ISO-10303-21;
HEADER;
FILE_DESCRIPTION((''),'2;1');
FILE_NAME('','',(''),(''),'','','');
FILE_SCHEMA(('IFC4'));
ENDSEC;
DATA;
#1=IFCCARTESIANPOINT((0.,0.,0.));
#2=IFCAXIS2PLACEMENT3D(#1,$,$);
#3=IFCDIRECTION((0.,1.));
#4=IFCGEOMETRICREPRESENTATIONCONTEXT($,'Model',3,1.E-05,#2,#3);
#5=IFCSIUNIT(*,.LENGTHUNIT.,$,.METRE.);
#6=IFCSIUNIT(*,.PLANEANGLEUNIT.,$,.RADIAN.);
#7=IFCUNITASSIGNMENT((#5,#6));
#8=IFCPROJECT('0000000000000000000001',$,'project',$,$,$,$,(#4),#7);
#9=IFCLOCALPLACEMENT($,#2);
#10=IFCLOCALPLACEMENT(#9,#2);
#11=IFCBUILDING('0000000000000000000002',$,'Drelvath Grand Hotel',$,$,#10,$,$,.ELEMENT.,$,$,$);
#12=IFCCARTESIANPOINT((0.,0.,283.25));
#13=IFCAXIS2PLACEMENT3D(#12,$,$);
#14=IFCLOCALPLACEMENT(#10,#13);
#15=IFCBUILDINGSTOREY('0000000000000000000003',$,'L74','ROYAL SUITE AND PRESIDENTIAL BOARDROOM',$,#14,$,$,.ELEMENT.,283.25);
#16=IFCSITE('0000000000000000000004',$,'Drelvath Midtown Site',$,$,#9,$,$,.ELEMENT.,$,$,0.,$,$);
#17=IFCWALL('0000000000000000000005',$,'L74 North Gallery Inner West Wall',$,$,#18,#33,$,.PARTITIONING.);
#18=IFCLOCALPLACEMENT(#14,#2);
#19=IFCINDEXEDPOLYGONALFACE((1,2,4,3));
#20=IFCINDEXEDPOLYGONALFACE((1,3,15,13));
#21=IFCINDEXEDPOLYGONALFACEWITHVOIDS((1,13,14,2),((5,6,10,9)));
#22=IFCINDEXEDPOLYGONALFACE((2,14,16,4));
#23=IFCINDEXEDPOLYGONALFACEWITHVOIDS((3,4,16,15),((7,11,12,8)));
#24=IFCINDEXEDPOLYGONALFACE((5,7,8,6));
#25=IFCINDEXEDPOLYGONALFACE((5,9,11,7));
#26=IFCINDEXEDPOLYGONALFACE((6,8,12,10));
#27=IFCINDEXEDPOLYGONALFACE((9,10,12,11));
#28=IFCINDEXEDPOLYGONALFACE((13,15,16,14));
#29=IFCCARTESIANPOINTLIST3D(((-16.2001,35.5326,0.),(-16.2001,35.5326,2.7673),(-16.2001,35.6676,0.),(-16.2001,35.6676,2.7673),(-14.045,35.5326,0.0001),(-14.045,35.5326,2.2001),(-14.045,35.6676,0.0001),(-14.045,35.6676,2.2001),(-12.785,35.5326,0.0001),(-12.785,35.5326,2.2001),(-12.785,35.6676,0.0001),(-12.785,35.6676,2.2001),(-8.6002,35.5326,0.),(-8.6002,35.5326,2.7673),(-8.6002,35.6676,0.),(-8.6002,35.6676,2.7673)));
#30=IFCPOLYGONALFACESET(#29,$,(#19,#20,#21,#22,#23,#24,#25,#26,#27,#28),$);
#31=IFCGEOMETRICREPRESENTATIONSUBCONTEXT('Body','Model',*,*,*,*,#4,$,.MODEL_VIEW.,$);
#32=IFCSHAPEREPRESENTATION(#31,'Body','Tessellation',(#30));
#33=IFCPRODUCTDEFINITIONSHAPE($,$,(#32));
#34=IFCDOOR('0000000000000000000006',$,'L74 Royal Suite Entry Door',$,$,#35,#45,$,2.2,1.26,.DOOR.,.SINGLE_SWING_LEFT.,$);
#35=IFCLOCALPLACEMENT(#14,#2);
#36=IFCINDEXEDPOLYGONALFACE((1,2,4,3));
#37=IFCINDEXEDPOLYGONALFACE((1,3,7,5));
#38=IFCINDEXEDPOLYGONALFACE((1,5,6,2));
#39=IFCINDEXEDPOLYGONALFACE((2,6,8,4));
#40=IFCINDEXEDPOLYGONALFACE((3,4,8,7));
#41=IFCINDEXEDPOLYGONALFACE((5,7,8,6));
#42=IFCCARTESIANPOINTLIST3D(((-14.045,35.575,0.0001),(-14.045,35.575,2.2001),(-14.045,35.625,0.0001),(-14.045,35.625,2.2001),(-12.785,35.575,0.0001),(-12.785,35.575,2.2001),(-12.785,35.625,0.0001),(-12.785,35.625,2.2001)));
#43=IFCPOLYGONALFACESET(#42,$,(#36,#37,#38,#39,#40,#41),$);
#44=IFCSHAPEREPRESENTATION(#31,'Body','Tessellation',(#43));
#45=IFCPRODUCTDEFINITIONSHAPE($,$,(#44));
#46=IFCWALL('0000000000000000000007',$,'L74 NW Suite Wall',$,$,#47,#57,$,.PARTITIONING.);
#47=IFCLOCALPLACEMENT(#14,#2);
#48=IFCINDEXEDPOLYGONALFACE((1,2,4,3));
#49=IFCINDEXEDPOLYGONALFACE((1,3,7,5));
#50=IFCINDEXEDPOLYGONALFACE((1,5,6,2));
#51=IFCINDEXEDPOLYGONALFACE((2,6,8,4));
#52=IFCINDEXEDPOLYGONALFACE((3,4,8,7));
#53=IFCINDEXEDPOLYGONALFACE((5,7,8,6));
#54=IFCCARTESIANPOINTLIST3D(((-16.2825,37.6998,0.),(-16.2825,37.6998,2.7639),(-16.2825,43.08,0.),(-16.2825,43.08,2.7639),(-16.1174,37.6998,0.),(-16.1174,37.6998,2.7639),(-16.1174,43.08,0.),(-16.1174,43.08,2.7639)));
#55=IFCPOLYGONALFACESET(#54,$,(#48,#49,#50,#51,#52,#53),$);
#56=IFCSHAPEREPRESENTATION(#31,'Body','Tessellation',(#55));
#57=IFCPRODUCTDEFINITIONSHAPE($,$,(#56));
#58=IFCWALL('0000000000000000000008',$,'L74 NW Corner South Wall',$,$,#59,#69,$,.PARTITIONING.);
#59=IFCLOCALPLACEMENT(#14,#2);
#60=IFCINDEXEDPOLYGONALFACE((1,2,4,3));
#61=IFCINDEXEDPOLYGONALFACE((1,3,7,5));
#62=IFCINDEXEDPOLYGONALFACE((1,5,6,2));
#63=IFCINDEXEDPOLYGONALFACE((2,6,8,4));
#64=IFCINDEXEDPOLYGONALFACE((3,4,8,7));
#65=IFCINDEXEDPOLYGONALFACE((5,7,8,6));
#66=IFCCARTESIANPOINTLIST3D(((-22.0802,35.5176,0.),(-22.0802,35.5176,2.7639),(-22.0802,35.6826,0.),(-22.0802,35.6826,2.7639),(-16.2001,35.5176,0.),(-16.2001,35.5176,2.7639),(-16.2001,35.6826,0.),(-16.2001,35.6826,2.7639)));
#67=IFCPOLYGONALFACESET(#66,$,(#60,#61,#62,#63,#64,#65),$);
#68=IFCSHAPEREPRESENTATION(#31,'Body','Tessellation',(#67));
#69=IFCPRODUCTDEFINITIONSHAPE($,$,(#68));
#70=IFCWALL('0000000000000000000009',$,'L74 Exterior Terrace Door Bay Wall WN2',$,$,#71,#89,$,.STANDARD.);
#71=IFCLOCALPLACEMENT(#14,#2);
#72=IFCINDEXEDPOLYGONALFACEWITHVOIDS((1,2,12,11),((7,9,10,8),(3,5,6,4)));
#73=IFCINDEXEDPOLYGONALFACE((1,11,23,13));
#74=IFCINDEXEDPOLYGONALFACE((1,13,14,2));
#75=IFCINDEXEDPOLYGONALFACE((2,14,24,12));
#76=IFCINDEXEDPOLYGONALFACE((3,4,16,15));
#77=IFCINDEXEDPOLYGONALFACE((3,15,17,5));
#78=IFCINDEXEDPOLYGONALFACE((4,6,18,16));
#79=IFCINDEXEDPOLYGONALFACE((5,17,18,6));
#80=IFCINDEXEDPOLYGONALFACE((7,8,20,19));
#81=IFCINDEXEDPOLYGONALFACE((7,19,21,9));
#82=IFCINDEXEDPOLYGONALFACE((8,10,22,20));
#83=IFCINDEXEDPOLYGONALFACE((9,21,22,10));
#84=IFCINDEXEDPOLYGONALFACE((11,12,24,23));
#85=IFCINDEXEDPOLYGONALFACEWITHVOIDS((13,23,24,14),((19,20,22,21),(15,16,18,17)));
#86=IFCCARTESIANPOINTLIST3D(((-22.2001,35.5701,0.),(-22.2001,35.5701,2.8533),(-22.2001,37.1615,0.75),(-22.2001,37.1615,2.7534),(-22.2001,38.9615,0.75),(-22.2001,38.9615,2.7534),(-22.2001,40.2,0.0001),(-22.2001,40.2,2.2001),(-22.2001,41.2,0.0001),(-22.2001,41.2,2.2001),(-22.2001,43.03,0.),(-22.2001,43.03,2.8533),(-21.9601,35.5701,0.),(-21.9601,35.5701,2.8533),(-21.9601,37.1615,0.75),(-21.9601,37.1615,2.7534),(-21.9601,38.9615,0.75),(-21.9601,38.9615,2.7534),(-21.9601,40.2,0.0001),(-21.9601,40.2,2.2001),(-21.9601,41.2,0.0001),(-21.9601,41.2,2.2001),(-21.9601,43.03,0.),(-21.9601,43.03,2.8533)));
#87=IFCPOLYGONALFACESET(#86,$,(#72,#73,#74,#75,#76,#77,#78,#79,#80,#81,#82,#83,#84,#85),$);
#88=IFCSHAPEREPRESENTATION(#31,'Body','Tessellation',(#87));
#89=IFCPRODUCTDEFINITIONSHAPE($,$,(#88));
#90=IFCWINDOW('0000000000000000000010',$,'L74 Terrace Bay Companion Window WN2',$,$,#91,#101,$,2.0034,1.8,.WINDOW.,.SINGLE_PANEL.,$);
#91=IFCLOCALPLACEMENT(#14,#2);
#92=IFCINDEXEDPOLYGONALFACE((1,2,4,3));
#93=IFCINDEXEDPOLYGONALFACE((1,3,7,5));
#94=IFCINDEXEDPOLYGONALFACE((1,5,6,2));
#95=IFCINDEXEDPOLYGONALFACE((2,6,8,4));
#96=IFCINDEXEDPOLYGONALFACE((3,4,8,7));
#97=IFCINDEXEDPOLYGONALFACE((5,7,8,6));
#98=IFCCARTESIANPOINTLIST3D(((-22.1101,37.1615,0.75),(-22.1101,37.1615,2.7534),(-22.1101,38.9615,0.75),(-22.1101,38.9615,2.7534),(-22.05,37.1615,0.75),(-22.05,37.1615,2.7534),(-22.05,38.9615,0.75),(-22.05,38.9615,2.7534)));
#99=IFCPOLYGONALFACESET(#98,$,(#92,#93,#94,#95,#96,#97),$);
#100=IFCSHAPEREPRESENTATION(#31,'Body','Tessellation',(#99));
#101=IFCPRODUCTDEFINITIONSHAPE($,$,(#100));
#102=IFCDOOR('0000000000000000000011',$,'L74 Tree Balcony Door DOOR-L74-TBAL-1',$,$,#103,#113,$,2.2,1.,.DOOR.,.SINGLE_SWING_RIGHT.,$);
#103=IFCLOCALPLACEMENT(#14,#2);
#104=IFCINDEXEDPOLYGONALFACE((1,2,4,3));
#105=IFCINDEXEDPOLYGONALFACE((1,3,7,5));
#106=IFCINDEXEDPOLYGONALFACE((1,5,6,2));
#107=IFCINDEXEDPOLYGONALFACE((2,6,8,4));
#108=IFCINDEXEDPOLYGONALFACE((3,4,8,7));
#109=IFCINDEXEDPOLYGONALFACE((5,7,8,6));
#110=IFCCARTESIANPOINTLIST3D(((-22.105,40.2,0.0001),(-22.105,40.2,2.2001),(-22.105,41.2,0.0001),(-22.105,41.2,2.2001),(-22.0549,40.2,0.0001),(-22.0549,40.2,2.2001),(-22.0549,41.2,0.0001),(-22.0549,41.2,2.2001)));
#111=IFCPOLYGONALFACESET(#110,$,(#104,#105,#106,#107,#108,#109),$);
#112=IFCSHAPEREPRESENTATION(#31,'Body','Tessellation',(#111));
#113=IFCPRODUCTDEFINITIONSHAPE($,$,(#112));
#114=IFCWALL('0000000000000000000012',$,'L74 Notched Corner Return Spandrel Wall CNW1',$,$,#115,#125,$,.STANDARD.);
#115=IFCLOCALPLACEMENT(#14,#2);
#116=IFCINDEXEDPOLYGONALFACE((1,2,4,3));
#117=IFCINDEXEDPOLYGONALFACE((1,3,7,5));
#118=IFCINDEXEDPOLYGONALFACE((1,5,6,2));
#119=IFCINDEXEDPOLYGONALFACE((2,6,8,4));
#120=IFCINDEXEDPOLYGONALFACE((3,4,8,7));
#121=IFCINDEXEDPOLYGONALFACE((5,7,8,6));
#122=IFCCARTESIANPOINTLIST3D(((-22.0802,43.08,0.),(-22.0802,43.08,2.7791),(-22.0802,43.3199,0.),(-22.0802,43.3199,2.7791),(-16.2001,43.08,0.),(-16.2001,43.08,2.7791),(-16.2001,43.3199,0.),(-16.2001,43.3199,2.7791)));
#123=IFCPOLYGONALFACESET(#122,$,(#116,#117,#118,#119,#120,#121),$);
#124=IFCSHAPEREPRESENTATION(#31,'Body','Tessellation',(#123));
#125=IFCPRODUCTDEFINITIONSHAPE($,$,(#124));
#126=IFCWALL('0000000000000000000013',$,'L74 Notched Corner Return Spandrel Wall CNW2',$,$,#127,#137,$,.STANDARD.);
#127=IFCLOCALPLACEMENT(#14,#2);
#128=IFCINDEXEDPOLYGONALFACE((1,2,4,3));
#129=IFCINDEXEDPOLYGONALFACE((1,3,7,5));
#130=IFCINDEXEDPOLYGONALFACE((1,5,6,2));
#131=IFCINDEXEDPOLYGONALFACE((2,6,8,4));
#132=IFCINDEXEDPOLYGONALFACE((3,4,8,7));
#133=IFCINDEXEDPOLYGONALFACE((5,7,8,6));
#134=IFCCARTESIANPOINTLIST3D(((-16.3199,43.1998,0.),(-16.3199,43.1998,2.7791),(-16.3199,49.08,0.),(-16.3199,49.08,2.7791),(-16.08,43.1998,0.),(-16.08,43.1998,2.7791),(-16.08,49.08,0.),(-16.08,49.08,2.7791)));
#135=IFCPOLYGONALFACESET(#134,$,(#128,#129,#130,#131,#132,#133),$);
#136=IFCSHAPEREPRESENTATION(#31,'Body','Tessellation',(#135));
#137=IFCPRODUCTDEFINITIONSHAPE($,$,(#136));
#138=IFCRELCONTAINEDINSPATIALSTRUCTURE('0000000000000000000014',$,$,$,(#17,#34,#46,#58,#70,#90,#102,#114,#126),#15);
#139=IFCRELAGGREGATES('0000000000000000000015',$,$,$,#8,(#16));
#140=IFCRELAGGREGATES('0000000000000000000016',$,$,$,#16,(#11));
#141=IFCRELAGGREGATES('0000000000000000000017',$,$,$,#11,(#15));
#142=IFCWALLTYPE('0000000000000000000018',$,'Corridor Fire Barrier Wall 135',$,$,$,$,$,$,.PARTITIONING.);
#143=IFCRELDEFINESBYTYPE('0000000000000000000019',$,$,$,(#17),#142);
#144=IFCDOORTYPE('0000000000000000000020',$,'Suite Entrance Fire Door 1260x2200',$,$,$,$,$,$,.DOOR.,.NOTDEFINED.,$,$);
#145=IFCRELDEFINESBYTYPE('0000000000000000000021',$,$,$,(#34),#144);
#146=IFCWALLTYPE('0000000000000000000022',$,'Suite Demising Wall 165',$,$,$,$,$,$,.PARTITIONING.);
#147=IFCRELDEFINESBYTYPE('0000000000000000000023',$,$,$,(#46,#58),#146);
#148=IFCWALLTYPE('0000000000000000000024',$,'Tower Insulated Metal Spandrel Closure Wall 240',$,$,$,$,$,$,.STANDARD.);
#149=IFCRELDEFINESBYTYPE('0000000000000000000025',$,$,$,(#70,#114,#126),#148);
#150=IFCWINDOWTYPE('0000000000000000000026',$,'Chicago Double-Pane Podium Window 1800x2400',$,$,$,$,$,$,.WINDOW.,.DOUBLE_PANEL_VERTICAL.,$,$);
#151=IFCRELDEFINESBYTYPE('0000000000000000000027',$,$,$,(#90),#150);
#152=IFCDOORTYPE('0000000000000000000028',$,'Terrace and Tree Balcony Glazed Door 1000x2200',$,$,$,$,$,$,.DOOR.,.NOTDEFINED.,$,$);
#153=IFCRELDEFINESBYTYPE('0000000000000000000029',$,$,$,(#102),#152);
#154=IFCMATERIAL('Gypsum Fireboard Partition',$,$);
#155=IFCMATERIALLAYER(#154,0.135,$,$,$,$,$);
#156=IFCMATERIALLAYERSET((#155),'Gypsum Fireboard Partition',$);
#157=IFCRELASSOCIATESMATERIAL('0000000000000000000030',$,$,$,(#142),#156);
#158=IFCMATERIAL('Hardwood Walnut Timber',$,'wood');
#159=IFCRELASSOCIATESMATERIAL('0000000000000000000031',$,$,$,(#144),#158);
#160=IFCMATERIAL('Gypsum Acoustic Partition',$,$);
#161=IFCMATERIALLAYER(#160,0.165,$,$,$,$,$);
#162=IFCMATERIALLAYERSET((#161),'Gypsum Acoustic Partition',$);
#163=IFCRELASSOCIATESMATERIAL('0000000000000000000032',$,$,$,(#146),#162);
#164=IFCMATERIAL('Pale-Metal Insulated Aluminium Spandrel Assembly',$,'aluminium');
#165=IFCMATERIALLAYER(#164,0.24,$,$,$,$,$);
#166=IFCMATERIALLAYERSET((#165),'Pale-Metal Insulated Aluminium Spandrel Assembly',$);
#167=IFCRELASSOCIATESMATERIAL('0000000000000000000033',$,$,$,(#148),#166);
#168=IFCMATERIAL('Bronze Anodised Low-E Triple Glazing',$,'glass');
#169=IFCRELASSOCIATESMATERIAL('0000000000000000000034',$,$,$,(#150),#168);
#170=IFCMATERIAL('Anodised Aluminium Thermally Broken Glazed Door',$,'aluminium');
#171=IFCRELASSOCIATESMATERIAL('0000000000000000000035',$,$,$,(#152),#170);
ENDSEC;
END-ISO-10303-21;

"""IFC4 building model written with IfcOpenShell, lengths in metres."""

from ifc_helpers import new_model, si_unit, direction, frame, frame_2d, origin, place, context, subcontext, project, spatial, rectangle, extrude, material, layer, layer_set, type_object, element, fill, save


model = new_model("IFC4")

# Units and contexts
model_context = context("Model", 3, precision=1e-05, world=origin(), true_north=direction((0.0, 1.0)))
body_context = subcontext(model_context, "Body", "Model", "MODEL_VIEW")
ifc_project = project(units=[si_unit("LENGTHUNIT", "METRE"), si_unit("PLANEANGLEUNIT", "RADIAN")], contexts=[model_context])

# Site, building, storey
site_placement = place(None, origin())
site = spatial("IfcSite", under=ifc_project, at=site_placement, Name="Drelvath Midtown Site", CompositionType="ELEMENT", RefElevation=0.0)
building_placement = place(site_placement, origin())
building = spatial("IfcBuilding", under=site, at=building_placement, Name="Drelvath Grand Hotel", CompositionType="ELEMENT")
storey_placement = place(building_placement, frame((0.0, 0.0, 283.25)))
storey = spatial("IfcBuildingStorey", under=building, at=storey_placement, Name="L74", Description="ROYAL SUITE AND PRESIDENTIAL BOARDROOM", CompositionType="ELEMENT", Elevation=283.25)

# Shared definitions
ifc_material_1 = material(Name="Gypsum Fireboard Partition")
ifc_layer_1 = layer(ifc_material_1, 0.135)
ifc_layer_set_1 = layer_set([ifc_layer_1], Name="Gypsum Fireboard Partition")
wall_type_1 = type_object("IfcWallType", Name="Corridor Fire Barrier Wall 135", PredefinedType="PARTITIONING", material=ifc_layer_set_1)
ifc_material_2 = material(Name="Hardwood Walnut Timber", Category="wood")
door_type_1 = type_object("IfcDoorType", Name="Suite Entrance Fire Door 1260x2200", OperationType="NOTDEFINED", PredefinedType="DOOR", material=ifc_material_2)

# Wall, opening, door
wall_1_placement = place(storey_placement, frame((-16.2, 35.6001, 0.0), z_axis=(0.0, 0.0, 1.0), x_axis=(1.0, 0.0, 0.0)))
wall_1 = element("IfcWall", 1, at=wall_1_placement, inside=storey, type_object=wall_type_1, Name="L74 North Gallery Inner West Wall", PredefinedType="PARTITIONING", context=body_context, shape_type="SweptSolid", body=[
    extrude(rectangle(XDim=7.5999, YDim=0.135, at=frame_2d((3.7998, 0.0))), origin(), (0.0, 0.0, 1.0), 2.7673),
])
opening_1_placement = place(wall_1_placement, frame((2.155, 0.0, 0.0)))
opening_1 = element("IfcOpeningElement", 2, at=opening_1_placement, cuts=wall_1, PredefinedType="OPENING", context=body_context, shape_type="SweptSolid", body=[
    extrude(rectangle(XDim=1.26, YDim=2.2, at=frame_2d((0.6299, 1.1001))), frame((0.0, 0.0774, 0.0), z_axis=(0.0, -1.0, 0.0), x_axis=(1.0, 0.0, 0.0)), (0.0, 0.0, 1.0), 0.155),
])
door_1_placement = place(opening_1_placement, origin())
door_1 = element("IfcDoor", 3, at=door_1_placement, inside=storey, type_object=door_type_1, Name="L74 Royal Suite Entry Door", OperationType="SINGLE_SWING_LEFT", OverallHeight=2.2, OverallWidth=1.26, PredefinedType="DOOR", context=body_context, shape_type="SweptSolid", body=[
    extrude(rectangle(XDim=1.26, YDim=2.2, at=frame_2d((0.6299, 1.1001))), frame((0.0, 0.0249, 0.0), z_axis=(0.0, -1.0, 0.0), x_axis=(1.0, 0.0, 0.0)), (0.0, 0.0, 1.0), 0.05),
])
fill(opening_1, door_1)

# Walls
ifc_material_3 = material(Name="Gypsum Acoustic Partition")
ifc_layer_2 = layer(ifc_material_3, 0.165)
ifc_layer_set_2 = layer_set([ifc_layer_2], Name="Gypsum Acoustic Partition")
wall_type_2 = type_object("IfcWallType", Name="Suite Demising Wall 165", PredefinedType="PARTITIONING", material=ifc_layer_set_2)
wall_2_placement = place(storey_placement, frame((-16.2, 37.7, 0.0), z_axis=(0.0, 0.0, 1.0), x_axis=(0.0, 1.0, 0.0)))
element("IfcWall", 4, at=wall_2_placement, inside=storey, type_object=wall_type_2, Name="L74 NW Suite Wall", PredefinedType="PARTITIONING", context=body_context, shape_type="SweptSolid", body=[
    extrude(rectangle(XDim=5.3801, YDim=0.165, at=frame_2d((2.6899, 0.0))), origin(), (0.0, 0.0, 1.0), 2.7639),
])
wall_3_placement = place(storey_placement, frame((-22.0801, 35.6001, 0.0), z_axis=(0.0, 0.0, 1.0), x_axis=(1.0, 0.0, 0.0)))
element("IfcWall", 5, at=wall_3_placement, inside=storey, type_object=wall_type_2, Name="L74 NW Corner South Wall", PredefinedType="PARTITIONING", context=body_context, shape_type="SweptSolid", body=[
    extrude(rectangle(XDim=5.8801, YDim=0.165, at=frame_2d((2.9399, 0.0))), origin(), (0.0, 0.0, 1.0), 2.7639),
])

# Wall, openings, window, door
ifc_material_4 = material(Name="Pale-Metal Insulated Aluminium Spandrel Assembly", Category="aluminium")
ifc_layer_3 = layer(ifc_material_4, 0.24)
ifc_layer_set_3 = layer_set([ifc_layer_3], Name="Pale-Metal Insulated Aluminium Spandrel Assembly")
wall_type_3 = type_object("IfcWallType", Name="Tower Insulated Metal Spandrel Closure Wall 240", PredefinedType="STANDARD", material=ifc_layer_set_3)
wall_4_placement = place(storey_placement, frame((-22.0801, 35.5701, 0.0), z_axis=(0.0, 0.0, 1.0), x_axis=(0.0, 1.0, 0.0)))
wall_4 = element("IfcWall", 6, at=wall_4_placement, inside=storey, type_object=wall_type_3, Name="L74 Exterior Terrace Door Bay Wall WN2", PredefinedType="STANDARD", context=body_context, shape_type="SweptSolid", body=[
    extrude(rectangle(XDim=7.46, YDim=0.24, at=frame_2d((3.73, 0.0))), origin(), (0.0, 0.0, 1.0), 2.8533),
])
opening_2_placement = place(wall_4_placement, frame((4.6299, 0.0, 0.0)))
opening_2 = element("IfcOpeningElement", 7, at=opening_2_placement, cuts=wall_4, PredefinedType="OPENING", context=body_context, shape_type="SweptSolid", body=[
    extrude(rectangle(XDim=1.0, YDim=2.2, at=frame_2d((0.5, 1.1001))), frame((0.0, 0.1299, 0.0), z_axis=(0.0, -1.0, 0.0), x_axis=(1.0, 0.0, 0.0)), (0.0, 0.0, 1.0), 0.26),
])
opening_3_placement = place(wall_4_placement, frame((1.5916, 0.0, 0.75)))
opening_3 = element("IfcOpeningElement", 8, at=opening_3_placement, cuts=wall_4, PredefinedType="OPENING", context=body_context, shape_type="SweptSolid", body=[
    extrude(rectangle(XDim=1.8, YDim=2.0034, at=frame_2d((0.8999, 1.0017))), frame((0.0, 0.1299, 0.0), z_axis=(0.0, -1.0, 0.0), x_axis=(1.0, 0.0, 0.0)), (0.0, 0.0, 1.0), 0.26),
])
ifc_material_5 = material(Name="Bronze Anodised Low-E Triple Glazing", Category="glass")
window_type = type_object("IfcWindowType", Name="Chicago Double-Pane Podium Window 1800x2400", PartitioningType="DOUBLE_PANEL_VERTICAL", PredefinedType="WINDOW", material=ifc_material_5)
window_placement = place(opening_3_placement, origin())
window = element("IfcWindow", 9, at=window_placement, inside=storey, type_object=window_type, Name="L74 Terrace Bay Companion Window WN2", OverallHeight=2.0034, OverallWidth=1.8, PartitioningType="SINGLE_PANEL", PredefinedType="WINDOW", context=body_context, shape_type="SweptSolid", body=[
    extrude(rectangle(XDim=1.8, YDim=2.0034, at=frame_2d((0.8999, 1.0017))), frame((0.0, 0.03, 0.0), z_axis=(0.0, -1.0, 0.0), x_axis=(1.0, 0.0, 0.0)), (0.0, 0.0, 1.0), 0.0601),
])
fill(opening_3, window)
ifc_material_6 = material(Name="Anodised Aluminium Thermally Broken Glazed Door", Category="aluminium")
door_type_2 = type_object("IfcDoorType", Name="Terrace and Tree Balcony Glazed Door 1000x2200", OperationType="NOTDEFINED", PredefinedType="DOOR", material=ifc_material_6)
door_2_placement = place(opening_2_placement, origin())
door_2 = element("IfcDoor", 10, at=door_2_placement, inside=storey, type_object=door_type_2, Name="L74 Tree Balcony Door DOOR-L74-TBAL-1", OperationType="SINGLE_SWING_RIGHT", OverallHeight=2.2, OverallWidth=1.0, PredefinedType="DOOR", context=body_context, shape_type="SweptSolid", body=[
    extrude(rectangle(XDim=1.0, YDim=2.2, at=frame_2d((0.5, 1.1001))), frame((0.0, 0.0249, 0.0), z_axis=(0.0, -1.0, 0.0), x_axis=(1.0, 0.0, 0.0)), (0.0, 0.0, 1.0), 0.05),
])
fill(opening_2, door_2)

# Walls
for number, where, z_axis, x_axis, name in (
    (11, (-22.0801, 43.2, 0.0), (0.0, 0.0, 1.0), (1.0, 0.0, 0.0), "L74 Notched Corner Return Spandrel Wall CNW1"),
    (12, (-16.2, 43.2, 0.0), (0.0, 0.0, 1.0), (0.0, 1.0, 0.0), "L74 Notched Corner Return Spandrel Wall CNW2"),
):
    element("IfcWall", number, at=place(storey_placement, frame(where, z_axis=z_axis, x_axis=x_axis)), inside=storey, type_object=wall_type_3, Name=name, PredefinedType="STANDARD", context=body_context, shape_type="SweptSolid", body=[
        extrude(rectangle(XDim=5.8801, YDim=0.24, at=frame_2d((2.9399, 0.0))), origin(), (0.0, 0.0, 1.0), 2.7791),
    ])

save(model, "model.ifc")
